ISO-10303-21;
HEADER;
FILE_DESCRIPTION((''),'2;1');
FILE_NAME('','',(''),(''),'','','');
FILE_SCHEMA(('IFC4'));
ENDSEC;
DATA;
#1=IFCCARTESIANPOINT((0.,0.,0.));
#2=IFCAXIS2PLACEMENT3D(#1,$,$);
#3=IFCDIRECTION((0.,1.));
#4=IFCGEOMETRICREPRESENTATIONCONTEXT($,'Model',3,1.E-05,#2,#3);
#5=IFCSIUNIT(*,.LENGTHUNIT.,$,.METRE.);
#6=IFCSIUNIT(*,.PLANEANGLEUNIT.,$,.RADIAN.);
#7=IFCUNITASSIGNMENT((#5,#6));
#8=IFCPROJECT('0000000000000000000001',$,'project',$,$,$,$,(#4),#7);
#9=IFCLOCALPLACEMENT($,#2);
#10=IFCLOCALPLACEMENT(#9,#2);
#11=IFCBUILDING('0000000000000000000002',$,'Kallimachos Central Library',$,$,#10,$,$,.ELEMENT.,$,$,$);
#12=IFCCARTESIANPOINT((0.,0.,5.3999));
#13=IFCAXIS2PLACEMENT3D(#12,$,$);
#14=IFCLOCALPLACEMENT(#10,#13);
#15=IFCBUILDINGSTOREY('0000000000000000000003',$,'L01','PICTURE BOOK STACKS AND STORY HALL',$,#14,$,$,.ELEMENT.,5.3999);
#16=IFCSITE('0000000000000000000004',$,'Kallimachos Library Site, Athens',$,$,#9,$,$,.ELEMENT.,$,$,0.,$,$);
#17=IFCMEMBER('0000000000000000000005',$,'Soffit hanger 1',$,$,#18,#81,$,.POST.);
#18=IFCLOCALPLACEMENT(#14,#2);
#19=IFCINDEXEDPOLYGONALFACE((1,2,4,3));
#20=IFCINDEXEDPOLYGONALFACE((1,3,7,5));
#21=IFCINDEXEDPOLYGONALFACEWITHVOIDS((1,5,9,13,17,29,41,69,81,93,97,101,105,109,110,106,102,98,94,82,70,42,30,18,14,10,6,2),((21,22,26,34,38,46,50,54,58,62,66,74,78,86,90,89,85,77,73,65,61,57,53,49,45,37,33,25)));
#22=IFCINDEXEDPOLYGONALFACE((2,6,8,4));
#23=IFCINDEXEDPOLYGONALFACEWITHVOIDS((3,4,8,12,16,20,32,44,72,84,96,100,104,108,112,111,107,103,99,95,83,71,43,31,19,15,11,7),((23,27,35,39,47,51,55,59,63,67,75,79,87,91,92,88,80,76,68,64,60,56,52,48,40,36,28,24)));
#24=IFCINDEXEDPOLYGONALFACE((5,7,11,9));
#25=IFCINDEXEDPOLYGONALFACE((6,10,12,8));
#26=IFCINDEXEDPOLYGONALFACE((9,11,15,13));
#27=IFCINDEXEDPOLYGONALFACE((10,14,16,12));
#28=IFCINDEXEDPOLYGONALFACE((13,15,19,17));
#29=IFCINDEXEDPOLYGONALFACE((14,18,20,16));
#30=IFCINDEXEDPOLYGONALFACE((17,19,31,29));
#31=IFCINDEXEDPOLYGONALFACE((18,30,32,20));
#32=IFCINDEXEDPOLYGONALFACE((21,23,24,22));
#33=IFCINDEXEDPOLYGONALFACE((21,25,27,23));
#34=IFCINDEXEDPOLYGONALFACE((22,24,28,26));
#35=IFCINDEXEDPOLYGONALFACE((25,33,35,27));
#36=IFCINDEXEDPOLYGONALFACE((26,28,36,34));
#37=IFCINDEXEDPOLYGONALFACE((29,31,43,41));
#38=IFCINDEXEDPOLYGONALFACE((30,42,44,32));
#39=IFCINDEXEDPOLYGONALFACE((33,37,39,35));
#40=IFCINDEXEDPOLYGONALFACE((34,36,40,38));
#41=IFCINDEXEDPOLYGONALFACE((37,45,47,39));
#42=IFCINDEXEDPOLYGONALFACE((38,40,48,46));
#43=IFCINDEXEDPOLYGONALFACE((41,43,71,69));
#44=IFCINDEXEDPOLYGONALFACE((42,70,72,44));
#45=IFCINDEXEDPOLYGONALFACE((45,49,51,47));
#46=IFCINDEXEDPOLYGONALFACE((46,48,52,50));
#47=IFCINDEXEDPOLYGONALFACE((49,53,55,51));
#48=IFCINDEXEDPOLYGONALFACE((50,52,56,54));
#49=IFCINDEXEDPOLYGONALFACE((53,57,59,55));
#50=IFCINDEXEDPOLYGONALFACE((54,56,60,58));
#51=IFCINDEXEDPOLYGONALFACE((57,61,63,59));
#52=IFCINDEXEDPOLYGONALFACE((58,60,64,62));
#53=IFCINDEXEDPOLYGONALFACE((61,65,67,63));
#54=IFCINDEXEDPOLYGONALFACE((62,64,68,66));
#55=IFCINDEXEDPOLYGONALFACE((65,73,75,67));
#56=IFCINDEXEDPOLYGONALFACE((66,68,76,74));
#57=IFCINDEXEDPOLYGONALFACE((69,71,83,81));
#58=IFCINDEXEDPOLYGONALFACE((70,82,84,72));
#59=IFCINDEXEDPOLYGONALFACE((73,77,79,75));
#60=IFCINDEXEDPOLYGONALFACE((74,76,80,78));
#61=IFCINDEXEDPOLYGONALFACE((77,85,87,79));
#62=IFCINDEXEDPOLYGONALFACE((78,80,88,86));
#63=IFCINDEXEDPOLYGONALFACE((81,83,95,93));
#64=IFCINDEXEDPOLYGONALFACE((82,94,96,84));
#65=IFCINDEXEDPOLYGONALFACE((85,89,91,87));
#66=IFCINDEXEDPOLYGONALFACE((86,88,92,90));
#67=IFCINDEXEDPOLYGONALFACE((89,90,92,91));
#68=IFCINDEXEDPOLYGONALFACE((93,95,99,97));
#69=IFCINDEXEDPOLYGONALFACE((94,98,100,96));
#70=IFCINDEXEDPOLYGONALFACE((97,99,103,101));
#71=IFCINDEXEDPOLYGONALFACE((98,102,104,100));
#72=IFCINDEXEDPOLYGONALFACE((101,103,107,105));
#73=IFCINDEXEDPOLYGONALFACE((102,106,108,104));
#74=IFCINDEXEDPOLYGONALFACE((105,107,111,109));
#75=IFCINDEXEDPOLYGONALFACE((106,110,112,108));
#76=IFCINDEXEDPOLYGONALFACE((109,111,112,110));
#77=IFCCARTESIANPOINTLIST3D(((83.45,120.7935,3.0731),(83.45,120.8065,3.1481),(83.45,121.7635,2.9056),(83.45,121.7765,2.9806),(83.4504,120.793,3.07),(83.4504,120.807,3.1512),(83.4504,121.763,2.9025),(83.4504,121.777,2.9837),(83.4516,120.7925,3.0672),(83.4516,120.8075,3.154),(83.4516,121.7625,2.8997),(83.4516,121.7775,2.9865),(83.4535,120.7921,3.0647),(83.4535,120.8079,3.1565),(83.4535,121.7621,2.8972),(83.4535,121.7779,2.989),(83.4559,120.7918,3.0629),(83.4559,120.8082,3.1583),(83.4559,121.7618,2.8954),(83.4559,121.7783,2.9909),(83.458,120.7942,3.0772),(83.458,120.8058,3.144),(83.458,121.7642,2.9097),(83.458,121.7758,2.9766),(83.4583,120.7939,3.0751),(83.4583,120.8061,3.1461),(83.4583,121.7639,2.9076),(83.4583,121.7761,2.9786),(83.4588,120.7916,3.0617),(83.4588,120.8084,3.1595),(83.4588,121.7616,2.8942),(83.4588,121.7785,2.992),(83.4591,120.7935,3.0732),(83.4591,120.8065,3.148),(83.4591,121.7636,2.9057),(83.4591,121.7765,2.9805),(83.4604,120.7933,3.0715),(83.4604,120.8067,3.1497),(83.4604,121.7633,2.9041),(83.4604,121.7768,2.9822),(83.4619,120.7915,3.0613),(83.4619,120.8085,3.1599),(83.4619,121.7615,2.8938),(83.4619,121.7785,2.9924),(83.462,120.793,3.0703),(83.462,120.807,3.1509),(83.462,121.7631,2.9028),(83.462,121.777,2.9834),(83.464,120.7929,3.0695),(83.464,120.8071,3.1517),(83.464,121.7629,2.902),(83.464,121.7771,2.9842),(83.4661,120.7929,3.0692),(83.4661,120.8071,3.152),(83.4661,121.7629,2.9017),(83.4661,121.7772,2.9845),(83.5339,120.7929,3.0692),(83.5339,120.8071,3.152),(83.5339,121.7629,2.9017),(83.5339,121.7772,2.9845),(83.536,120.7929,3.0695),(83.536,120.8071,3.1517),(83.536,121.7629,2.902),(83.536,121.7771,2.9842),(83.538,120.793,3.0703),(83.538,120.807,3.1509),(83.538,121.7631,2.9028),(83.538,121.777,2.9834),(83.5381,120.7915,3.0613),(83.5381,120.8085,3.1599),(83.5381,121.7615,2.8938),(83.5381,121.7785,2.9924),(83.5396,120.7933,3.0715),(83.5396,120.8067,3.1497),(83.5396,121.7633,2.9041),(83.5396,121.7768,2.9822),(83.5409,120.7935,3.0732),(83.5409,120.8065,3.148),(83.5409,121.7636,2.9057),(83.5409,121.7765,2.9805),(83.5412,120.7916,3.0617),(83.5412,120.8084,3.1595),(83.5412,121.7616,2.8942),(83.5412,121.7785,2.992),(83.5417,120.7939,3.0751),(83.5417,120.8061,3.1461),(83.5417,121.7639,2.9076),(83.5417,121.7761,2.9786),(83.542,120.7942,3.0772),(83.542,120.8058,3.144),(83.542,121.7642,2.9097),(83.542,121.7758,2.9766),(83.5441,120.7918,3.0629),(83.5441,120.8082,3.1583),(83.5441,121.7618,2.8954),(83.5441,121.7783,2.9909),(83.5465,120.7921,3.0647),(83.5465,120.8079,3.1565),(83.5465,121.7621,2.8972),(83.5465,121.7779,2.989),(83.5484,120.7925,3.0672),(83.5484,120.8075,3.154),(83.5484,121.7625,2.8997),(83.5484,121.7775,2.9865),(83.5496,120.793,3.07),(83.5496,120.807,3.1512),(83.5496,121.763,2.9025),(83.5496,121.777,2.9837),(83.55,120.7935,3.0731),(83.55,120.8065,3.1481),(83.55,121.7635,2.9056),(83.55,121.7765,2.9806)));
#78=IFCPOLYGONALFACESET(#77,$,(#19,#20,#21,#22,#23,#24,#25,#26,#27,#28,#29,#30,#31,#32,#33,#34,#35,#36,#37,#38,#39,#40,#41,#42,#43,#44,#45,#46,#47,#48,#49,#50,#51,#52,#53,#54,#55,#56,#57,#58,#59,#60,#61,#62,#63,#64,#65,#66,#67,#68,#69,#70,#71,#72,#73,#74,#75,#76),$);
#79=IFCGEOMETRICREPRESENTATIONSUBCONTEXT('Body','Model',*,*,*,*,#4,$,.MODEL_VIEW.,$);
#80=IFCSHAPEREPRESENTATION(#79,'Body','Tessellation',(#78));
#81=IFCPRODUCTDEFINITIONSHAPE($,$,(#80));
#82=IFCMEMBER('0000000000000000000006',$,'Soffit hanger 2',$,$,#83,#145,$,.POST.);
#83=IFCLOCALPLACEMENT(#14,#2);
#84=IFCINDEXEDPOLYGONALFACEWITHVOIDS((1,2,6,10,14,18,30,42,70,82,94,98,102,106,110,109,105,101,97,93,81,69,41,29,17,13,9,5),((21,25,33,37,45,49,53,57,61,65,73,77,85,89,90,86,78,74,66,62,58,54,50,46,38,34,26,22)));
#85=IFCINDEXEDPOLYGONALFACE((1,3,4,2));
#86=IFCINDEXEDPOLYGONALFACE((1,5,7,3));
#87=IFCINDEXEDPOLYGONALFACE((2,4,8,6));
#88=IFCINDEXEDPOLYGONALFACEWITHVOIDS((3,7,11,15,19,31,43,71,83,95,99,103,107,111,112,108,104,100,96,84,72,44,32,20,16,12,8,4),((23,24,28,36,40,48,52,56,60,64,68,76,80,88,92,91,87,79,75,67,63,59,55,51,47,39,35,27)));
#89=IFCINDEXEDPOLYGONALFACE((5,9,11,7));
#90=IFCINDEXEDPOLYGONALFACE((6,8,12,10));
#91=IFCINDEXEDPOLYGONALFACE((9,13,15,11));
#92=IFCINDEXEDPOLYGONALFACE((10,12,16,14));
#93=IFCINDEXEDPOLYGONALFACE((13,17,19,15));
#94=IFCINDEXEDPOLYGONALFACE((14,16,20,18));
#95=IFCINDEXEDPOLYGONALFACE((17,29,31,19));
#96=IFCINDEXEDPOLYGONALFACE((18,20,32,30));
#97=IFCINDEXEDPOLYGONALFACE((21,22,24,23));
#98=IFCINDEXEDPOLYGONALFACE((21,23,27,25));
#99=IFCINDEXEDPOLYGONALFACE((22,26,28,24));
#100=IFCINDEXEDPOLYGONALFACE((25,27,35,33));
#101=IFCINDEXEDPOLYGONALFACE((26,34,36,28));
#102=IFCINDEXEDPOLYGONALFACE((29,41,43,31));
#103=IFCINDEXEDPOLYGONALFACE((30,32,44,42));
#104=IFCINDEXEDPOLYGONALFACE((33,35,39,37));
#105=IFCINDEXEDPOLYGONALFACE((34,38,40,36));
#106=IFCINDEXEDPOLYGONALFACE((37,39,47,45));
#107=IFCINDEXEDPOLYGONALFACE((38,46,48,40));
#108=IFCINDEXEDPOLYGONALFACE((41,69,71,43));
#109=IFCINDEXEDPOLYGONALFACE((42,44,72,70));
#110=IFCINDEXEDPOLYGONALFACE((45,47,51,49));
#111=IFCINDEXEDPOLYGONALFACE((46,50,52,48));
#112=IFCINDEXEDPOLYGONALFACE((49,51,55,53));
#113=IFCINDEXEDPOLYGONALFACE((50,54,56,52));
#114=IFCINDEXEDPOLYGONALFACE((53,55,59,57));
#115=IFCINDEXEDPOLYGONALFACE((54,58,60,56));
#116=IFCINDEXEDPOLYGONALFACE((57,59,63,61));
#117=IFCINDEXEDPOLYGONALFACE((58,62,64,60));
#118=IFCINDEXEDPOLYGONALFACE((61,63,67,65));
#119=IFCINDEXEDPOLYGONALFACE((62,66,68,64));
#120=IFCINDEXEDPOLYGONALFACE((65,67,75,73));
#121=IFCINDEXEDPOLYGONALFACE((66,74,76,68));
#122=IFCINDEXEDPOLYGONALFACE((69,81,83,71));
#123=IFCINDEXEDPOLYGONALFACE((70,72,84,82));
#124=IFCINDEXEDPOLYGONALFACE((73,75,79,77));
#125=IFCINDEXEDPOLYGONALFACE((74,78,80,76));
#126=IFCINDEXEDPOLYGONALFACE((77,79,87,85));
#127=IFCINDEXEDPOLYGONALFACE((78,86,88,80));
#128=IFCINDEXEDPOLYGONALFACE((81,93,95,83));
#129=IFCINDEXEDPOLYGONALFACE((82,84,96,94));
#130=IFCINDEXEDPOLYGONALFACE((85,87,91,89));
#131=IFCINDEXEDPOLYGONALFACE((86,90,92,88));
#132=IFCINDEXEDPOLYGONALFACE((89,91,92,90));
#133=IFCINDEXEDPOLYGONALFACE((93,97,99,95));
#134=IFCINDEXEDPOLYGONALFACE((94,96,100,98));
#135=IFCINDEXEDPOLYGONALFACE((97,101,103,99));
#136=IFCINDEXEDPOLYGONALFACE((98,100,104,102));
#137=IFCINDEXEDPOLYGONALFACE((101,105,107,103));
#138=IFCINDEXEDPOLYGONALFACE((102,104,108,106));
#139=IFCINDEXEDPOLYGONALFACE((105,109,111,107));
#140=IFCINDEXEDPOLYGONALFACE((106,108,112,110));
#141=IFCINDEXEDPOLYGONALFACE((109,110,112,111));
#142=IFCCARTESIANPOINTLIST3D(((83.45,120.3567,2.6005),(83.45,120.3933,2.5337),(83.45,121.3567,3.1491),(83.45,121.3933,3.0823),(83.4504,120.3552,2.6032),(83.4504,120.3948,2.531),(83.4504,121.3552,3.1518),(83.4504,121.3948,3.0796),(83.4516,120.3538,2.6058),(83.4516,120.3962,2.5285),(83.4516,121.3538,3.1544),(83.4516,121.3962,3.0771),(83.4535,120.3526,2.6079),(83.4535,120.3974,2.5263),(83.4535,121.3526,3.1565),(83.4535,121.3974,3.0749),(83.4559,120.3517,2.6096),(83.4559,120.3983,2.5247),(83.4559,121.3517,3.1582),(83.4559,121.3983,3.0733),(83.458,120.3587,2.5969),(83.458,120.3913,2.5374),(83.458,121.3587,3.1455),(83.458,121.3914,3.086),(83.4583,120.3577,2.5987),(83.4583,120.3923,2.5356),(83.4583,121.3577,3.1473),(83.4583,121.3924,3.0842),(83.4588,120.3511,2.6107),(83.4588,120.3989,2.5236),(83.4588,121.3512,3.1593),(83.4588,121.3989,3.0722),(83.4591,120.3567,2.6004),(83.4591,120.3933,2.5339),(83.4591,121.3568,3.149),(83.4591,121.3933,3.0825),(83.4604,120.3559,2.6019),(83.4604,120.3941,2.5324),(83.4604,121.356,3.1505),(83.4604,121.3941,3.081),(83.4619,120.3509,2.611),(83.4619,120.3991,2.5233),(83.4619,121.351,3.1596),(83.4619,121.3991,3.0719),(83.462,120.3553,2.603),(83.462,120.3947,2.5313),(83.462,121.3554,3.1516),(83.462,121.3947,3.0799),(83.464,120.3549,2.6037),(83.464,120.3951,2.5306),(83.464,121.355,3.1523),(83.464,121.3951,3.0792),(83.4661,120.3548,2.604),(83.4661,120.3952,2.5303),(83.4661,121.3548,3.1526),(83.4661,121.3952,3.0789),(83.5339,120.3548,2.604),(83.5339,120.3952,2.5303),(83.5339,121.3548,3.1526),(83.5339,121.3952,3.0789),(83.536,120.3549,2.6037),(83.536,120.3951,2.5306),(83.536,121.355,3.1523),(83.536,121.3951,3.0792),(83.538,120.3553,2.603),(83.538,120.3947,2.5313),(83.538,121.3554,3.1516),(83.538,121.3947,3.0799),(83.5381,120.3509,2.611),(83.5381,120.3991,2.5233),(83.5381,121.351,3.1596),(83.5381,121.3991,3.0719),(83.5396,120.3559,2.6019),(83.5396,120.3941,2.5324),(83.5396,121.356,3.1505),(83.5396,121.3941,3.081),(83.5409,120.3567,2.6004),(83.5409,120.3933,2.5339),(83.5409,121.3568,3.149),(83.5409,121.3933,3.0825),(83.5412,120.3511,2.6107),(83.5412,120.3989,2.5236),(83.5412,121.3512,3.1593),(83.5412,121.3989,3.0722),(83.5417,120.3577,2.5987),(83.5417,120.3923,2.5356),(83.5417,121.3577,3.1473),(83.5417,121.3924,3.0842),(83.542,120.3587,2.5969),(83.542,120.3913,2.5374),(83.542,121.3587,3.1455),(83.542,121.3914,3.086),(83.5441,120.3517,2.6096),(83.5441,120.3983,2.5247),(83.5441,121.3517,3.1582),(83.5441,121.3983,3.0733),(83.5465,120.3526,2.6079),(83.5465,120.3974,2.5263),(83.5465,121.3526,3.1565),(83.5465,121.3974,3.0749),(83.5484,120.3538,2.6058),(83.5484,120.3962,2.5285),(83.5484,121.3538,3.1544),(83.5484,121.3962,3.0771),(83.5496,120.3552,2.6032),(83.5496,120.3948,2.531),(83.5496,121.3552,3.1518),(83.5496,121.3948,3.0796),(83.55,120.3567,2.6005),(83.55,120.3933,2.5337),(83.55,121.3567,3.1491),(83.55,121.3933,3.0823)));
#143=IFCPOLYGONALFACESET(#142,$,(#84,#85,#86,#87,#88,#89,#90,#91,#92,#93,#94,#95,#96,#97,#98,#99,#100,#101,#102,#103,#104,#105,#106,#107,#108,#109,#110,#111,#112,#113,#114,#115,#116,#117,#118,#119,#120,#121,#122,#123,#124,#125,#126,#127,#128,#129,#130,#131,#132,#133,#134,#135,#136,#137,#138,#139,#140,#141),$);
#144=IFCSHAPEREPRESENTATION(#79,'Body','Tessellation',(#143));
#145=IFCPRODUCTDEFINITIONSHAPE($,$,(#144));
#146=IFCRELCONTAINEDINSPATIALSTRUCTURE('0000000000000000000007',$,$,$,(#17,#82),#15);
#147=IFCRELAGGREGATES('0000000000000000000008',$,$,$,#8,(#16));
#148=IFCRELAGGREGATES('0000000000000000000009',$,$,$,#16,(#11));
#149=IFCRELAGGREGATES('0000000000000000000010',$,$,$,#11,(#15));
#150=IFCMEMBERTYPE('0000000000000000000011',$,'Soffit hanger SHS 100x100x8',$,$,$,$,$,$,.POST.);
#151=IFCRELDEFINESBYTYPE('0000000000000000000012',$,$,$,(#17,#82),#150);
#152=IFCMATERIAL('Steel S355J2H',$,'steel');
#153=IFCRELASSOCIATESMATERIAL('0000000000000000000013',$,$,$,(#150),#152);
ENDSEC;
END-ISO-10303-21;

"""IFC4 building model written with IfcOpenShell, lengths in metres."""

from ifc_helpers import new_model, si_unit, direction, frame, origin, origin_2d, place, context, subcontext, project, spatial, hollow_rectangle, extrude, material, material_profile, profile_set, type_object, element, save


model = new_model("IFC4")

# Units and contexts
model_context = context("Model", 3, precision=1e-05, world=origin(), true_north=direction((0.0, 1.0)))
body_context = subcontext(model_context, "Body", "Model", "MODEL_VIEW")
ifc_project = project(units=[si_unit("LENGTHUNIT", "METRE"), si_unit("PLANEANGLEUNIT", "RADIAN")], contexts=[model_context])

# Site, building, storey
site_placement = place(None, origin())
site = spatial("IfcSite", under=ifc_project, at=site_placement, Name="Kallimachos Library Site, Athens", CompositionType="ELEMENT", RefElevation=0.0)
building_placement = place(site_placement, origin())
building = spatial("IfcBuilding", under=site, at=building_placement, Name="Kallimachos Central Library", CompositionType="ELEMENT")
storey_placement = place(building_placement, frame((0.0, 0.0, 5.3999)))
storey = spatial("IfcBuildingStorey", under=building, at=storey_placement, Name="L01", Description="PICTURE BOOK STACKS AND STORY HALL", CompositionType="ELEMENT", Elevation=5.3999)

# Members
ifc_material_1 = material(Name="Steel S355J2H", Category="steel")
ifc_material_profile_1 = material_profile(ifc_material_1, hollow_rectangle(XDim=0.1001, YDim=0.1001, WallThickness=0.0081, InnerFilletRadius=0.0081, OuterFilletRadius=0.012, at=origin_2d()), Name="SHS 100x100x8")
ifc_profile_set_1 = profile_set([ifc_material_profile_1], Name="Steel S355J2H")
member_type_1 = type_object("IfcMemberType", Name="Soffit hanger SHS 100x100x8", PredefinedType="POST", material=ifc_profile_set_1)
member_1_placement = place(storey_placement, frame((83.5, 121.77, 2.9431), z_axis=(0.0, -0.985419, 0.170148), x_axis=(1.0, 0.0, 0.0)))
element("IfcMember", 1, at=member_1_placement, inside=storey, type_object=member_type_1, Name="Soffit hanger 1", PredefinedType="POST", context=body_context, shape_type="SweptSolid", body=[
    extrude(hollow_rectangle(XDim=0.1001, YDim=0.1001, WallThickness=0.0081, InnerFilletRadius=0.0081, OuterFilletRadius=0.012, at=origin_2d()), origin(), (0.0, 0.0, 1.0), 0.9844),
])
member_2_placement = place(storey_placement, frame((83.5, 120.375, 2.5671), z_axis=(0.0, 0.87674, 0.480965), x_axis=(-1.0, 0.0, 0.0)))
element("IfcMember", 2, at=member_2_placement, inside=storey, type_object=member_type_1, Name="Soffit hanger 2", PredefinedType="POST", context=body_context, shape_type="SweptSolid", body=[
    extrude(hollow_rectangle(XDim=0.1001, YDim=0.1001, WallThickness=0.0081, InnerFilletRadius=0.0081, OuterFilletRadius=0.012, at=origin_2d()), origin(), (0.0, 0.0, 1.0), 1.1406),
])

save(model, "model.ifc")
